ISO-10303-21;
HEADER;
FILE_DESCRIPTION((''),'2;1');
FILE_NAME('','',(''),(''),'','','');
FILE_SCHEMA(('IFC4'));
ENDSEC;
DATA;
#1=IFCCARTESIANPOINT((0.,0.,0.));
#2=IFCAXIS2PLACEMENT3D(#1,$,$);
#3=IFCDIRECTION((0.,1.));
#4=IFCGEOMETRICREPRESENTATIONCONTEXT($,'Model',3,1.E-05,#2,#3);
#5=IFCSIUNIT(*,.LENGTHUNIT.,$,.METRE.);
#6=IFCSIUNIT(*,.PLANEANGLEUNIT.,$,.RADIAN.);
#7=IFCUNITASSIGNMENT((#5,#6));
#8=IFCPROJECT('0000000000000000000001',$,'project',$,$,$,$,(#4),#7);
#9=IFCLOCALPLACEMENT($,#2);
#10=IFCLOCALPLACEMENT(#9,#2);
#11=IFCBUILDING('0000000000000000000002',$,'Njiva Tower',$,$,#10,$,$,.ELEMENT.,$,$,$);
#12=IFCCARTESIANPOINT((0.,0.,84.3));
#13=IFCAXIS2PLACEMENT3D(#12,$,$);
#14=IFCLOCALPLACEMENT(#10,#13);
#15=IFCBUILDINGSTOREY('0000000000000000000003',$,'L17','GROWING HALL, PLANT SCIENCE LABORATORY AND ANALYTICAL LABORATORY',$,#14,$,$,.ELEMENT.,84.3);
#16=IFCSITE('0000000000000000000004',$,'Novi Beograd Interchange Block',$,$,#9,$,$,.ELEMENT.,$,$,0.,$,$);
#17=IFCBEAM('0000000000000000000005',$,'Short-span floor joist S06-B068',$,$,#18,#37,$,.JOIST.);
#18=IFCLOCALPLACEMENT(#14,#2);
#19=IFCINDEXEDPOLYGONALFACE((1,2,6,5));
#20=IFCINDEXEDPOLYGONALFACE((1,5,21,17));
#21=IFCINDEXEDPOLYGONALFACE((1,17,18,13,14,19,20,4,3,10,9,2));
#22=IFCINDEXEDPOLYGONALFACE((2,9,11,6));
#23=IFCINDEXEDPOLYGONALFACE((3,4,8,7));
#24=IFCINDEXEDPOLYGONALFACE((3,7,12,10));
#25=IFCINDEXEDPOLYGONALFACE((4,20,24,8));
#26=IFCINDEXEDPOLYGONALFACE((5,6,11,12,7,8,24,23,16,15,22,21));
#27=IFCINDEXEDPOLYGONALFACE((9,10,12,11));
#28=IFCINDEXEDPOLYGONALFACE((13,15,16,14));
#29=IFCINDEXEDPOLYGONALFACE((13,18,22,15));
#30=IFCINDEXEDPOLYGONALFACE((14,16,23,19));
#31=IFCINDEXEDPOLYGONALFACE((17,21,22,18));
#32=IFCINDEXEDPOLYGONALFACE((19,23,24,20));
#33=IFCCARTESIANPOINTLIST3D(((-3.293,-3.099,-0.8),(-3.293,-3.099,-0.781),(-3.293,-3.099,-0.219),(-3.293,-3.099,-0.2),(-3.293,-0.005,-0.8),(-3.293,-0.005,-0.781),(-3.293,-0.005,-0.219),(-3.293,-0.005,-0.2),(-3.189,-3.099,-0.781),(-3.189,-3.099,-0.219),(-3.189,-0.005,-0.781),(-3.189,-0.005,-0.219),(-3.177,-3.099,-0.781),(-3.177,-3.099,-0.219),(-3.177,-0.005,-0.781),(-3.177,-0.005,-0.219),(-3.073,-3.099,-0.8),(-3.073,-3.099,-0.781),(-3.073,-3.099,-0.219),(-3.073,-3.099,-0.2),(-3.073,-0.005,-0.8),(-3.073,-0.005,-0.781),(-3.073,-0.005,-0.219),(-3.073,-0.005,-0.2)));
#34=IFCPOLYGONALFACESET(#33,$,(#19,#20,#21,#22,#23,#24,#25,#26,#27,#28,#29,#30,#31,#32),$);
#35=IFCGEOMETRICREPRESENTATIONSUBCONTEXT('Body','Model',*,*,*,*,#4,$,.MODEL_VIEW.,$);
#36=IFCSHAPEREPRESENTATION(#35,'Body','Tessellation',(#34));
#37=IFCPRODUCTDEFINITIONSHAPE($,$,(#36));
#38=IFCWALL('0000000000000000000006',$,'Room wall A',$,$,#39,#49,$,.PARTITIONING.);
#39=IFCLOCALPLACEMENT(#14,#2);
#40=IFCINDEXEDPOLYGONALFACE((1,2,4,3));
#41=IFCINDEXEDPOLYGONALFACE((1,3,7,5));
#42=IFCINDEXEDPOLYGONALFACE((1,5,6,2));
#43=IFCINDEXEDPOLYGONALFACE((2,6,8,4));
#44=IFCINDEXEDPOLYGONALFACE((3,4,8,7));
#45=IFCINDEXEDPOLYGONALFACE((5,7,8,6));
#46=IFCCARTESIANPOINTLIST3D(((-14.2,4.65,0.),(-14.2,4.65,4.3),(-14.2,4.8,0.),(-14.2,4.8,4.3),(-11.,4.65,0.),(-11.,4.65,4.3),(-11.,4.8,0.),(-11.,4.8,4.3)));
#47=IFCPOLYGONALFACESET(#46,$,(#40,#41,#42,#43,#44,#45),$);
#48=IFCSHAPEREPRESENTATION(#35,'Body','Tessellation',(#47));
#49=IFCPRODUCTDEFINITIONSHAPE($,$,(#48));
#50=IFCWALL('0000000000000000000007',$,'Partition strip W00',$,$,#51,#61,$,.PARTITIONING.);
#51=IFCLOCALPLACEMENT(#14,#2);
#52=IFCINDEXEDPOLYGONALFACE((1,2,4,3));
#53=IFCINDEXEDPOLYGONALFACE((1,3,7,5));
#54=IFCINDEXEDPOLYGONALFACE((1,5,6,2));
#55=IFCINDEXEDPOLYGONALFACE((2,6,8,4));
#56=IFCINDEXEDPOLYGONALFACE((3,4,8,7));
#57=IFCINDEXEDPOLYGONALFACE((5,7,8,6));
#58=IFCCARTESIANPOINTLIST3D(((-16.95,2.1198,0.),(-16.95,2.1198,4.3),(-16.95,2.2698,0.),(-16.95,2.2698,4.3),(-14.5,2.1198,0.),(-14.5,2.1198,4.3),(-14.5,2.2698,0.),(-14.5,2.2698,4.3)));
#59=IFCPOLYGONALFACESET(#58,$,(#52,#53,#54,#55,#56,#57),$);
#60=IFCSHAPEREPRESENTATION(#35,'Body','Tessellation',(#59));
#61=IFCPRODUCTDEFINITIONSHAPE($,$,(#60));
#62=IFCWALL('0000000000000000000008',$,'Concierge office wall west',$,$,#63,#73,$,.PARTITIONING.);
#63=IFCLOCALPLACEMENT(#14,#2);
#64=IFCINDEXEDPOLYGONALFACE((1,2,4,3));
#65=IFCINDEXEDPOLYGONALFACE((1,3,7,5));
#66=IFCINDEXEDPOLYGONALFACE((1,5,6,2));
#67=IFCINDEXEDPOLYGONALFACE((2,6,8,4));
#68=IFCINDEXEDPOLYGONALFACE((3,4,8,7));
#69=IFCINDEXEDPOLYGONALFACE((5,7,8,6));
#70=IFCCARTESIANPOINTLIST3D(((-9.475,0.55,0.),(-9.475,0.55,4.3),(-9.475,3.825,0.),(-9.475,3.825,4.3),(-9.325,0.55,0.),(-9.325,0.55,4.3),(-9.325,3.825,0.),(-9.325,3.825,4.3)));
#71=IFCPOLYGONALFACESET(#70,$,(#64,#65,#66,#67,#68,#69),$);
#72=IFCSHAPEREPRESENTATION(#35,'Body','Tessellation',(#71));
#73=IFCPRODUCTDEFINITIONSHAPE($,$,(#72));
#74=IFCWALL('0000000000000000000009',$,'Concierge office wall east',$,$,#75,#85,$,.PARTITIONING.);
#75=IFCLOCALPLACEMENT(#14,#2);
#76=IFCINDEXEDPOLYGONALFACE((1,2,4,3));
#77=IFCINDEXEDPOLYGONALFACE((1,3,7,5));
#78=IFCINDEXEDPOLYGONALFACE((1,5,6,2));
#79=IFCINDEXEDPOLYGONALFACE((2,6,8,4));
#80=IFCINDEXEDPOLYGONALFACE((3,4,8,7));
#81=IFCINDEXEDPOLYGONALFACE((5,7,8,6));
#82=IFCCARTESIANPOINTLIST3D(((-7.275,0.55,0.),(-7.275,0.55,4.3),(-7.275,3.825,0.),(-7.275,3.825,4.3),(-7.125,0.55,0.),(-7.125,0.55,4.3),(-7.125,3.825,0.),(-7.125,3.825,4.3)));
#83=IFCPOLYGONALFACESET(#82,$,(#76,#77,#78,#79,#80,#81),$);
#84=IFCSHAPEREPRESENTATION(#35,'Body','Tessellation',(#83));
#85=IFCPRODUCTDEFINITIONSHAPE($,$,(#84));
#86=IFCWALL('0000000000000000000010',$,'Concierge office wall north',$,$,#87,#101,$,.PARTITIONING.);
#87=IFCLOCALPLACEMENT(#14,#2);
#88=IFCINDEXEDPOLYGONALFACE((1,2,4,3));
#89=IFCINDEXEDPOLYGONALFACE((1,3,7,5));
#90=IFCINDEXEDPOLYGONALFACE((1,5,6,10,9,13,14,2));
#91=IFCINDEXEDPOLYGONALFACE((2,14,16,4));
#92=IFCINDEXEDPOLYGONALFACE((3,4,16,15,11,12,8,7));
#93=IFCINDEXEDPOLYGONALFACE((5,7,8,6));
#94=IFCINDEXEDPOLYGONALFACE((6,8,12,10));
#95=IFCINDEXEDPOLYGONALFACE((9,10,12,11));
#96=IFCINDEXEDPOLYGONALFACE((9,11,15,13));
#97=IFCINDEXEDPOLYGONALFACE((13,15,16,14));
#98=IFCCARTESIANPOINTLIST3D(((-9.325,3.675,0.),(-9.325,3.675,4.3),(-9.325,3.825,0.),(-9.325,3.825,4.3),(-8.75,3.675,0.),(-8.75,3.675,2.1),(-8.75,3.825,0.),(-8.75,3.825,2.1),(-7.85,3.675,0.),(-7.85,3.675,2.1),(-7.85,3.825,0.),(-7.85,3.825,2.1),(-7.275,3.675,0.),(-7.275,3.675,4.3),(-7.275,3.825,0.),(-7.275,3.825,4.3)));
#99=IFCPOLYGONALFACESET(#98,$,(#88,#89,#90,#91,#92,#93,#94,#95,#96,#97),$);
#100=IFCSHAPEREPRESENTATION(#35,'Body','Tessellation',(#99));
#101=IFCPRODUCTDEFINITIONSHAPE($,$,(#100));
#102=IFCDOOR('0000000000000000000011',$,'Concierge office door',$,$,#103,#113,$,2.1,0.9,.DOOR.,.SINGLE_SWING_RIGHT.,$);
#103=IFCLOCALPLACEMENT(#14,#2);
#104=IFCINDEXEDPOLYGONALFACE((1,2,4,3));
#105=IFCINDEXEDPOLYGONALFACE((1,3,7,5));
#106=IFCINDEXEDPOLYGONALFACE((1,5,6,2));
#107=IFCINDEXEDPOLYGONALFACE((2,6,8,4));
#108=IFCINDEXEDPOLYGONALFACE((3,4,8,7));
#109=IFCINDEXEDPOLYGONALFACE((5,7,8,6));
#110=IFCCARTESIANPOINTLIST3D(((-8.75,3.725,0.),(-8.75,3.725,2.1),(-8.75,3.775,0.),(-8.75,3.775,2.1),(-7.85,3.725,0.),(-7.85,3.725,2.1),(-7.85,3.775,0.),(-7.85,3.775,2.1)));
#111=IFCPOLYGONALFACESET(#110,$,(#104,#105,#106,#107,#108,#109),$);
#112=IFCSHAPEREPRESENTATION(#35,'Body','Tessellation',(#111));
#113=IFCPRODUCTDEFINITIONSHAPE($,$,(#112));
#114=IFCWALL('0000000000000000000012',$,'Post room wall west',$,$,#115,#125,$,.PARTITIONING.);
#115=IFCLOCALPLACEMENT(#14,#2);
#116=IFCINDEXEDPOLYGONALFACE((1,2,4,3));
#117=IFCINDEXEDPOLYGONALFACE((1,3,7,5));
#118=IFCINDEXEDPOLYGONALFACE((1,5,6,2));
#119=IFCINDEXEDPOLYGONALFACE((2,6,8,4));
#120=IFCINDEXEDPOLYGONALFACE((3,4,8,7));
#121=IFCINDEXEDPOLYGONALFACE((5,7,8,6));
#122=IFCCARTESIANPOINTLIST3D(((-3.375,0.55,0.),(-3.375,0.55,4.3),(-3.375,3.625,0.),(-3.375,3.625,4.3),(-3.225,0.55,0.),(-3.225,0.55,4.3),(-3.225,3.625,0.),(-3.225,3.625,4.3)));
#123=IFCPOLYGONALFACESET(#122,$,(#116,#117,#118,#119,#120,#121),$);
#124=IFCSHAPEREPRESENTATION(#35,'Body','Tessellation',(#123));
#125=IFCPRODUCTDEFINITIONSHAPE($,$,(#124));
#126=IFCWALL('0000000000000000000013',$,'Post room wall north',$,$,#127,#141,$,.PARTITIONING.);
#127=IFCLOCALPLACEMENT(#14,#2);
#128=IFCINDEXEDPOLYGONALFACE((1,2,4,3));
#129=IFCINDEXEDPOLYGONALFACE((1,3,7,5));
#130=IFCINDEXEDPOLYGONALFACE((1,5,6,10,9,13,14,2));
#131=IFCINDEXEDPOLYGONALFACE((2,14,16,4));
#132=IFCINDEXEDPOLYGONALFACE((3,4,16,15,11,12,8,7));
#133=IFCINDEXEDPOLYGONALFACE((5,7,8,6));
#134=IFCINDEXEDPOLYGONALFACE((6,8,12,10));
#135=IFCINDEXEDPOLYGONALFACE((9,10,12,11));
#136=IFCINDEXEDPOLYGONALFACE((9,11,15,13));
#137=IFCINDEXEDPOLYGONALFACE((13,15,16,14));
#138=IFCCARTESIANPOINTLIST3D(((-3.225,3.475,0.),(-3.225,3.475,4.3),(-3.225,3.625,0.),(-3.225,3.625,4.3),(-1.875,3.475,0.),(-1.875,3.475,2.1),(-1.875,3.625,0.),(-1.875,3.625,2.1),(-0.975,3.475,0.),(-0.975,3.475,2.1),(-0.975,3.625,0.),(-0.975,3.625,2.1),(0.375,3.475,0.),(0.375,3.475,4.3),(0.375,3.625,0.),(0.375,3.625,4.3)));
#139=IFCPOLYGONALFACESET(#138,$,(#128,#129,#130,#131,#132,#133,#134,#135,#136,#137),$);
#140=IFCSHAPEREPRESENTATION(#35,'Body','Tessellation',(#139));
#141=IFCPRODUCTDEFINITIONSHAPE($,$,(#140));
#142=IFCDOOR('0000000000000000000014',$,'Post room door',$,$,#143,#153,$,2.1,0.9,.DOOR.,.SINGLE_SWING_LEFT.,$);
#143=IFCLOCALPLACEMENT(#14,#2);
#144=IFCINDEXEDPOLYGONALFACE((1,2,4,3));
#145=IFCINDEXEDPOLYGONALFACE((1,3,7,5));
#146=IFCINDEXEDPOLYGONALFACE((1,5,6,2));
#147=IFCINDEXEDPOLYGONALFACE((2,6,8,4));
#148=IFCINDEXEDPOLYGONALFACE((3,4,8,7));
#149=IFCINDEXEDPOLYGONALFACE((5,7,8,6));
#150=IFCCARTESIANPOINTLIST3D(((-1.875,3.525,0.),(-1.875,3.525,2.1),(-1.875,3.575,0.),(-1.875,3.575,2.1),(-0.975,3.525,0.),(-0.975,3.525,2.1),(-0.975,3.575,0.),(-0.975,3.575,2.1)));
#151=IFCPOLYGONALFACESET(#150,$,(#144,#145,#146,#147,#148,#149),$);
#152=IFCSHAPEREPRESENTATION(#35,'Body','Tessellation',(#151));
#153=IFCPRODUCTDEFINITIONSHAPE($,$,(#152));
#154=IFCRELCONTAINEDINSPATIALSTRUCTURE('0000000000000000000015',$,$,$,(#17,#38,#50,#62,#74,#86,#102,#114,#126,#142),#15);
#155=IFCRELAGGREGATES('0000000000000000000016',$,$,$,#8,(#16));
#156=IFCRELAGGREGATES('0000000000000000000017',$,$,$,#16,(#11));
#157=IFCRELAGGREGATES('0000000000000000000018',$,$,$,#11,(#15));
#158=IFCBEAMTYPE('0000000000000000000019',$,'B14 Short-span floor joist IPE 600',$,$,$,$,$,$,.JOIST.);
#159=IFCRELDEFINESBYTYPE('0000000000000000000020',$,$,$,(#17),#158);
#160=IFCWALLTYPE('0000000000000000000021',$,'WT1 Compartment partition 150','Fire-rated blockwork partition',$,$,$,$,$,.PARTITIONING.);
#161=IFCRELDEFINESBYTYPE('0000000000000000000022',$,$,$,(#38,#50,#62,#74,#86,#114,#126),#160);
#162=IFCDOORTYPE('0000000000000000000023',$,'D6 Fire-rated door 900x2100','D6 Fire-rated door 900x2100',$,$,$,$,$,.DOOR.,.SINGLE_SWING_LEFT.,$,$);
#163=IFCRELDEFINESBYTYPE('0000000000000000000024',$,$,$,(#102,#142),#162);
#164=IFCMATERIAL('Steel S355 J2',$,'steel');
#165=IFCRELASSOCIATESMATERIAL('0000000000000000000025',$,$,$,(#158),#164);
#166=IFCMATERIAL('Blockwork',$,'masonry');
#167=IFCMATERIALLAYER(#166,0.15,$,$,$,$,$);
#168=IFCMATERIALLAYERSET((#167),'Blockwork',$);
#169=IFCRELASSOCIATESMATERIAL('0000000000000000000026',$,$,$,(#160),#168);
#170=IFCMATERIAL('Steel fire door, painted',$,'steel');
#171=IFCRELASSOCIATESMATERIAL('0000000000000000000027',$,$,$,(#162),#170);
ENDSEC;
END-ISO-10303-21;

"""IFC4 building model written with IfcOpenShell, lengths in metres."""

from ifc_helpers import new_model, si_unit, direction, frame, frame_2d, origin, origin_2d, place, context, subcontext, project, spatial, rectangle, i_section, extrude, material, layer, layer_set, material_profile, profile_set, type_object, element, fill, save


model = new_model("IFC4")

# Units and contexts
model_context = context("Model", 3, precision=1e-05, world=origin(), true_north=direction((0.0, 1.0)))
body_context = subcontext(model_context, "Body", "Model", "MODEL_VIEW")
ifc_project = project(units=[si_unit("LENGTHUNIT", "METRE"), si_unit("PLANEANGLEUNIT", "RADIAN")], contexts=[model_context])

# Site, building, storey
site_placement = place(None, origin())
site = spatial("IfcSite", under=ifc_project, at=site_placement, Name="Novi Beograd Interchange Block", CompositionType="ELEMENT", RefElevation=0.0)
building_placement = place(site_placement, origin())
building = spatial("IfcBuilding", under=site, at=building_placement, Name="Njiva Tower", CompositionType="ELEMENT")
storey_placement = place(building_placement, frame((0.0, 0.0, 84.3)))
storey = spatial("IfcBuildingStorey", under=building, at=storey_placement, Name="L17", Description="GROWING HALL, PLANT SCIENCE LABORATORY AND ANALYTICAL LABORATORY", CompositionType="ELEMENT", Elevation=84.3)

# Beam
ifc_material_1 = material(Name="Steel S355 J2", Category="steel")
ifc_material_profile = material_profile(ifc_material_1, i_section(OverallWidth=0.22, OverallDepth=0.6, WebThickness=0.012, FlangeThickness=0.019, at=origin_2d()), Name="IPE 600")
ifc_profile_set = profile_set([ifc_material_profile], Name="Steel S355 J2")
beam_type = type_object("IfcBeamType", Name="B14 Short-span floor joist IPE 600", PredefinedType="JOIST", material=ifc_profile_set)
beam_placement = place(storey_placement, frame((-3.183, -0.005, -0.5), z_axis=(0.0, -1.0, 0.0), x_axis=(1.0, 0.0, 0.0)))
element("IfcBeam", 1, at=beam_placement, inside=storey, type_object=beam_type, Name="Short-span floor joist S06-B068", PredefinedType="JOIST", context=body_context, shape_type="SweptSolid", body=[
    extrude(i_section(OverallWidth=0.22, OverallDepth=0.6, WebThickness=0.012, FlangeThickness=0.019, at=origin_2d()), origin(), (0.0, 0.0, 1.0), 3.094),
])

# Walls
ifc_material_2 = material(Name="Blockwork", Category="masonry")
ifc_layer_1 = layer(ifc_material_2, 0.15)
ifc_layer_set_1 = layer_set([ifc_layer_1], Name="Blockwork")
wall_type_1 = type_object("IfcWallType", Name="WT1 Compartment partition 150", Description="Fire-rated blockwork partition", PredefinedType="PARTITIONING", material=ifc_layer_set_1)
wall_1_placement = place(storey_placement, frame((-14.2, 4.725, 0.0), z_axis=(0.0, 0.0, 1.0), x_axis=(1.0, 0.0, 0.0)))
element("IfcWall", 2, at=wall_1_placement, inside=storey, type_object=wall_type_1, Name="Room wall A", PredefinedType="PARTITIONING", context=body_context, shape_type="SweptSolid", body=[
    extrude(rectangle(XDim=3.2, YDim=0.15, at=frame_2d((1.6, 0.0))), origin(), (0.0, 0.0, 1.0), 4.3),
])
wall_2_placement = place(storey_placement, frame((-16.95, 2.1948, 0.0), z_axis=(0.0, 0.0, 1.0), x_axis=(1.0, 0.0, 0.0)))
element("IfcWall", 3, at=wall_2_placement, inside=storey, type_object=wall_type_1, Name="Partition strip W00", PredefinedType="PARTITIONING", context=body_context, shape_type="SweptSolid", body=[
    extrude(rectangle(XDim=2.45, YDim=0.15, at=frame_2d((1.225, 0.0))), origin(), (0.0, 0.0, 1.0), 4.3),
])
for number, where, z_axis, x_axis, name in (
    (4, (-9.4, 0.55, 0.0), (0.0, 0.0, 1.0), (0.0, 1.0, 0.0), "Concierge office wall west"),
    (5, (-7.2, 0.55, 0.0), (0.0, 0.0, 1.0), (0.0, 1.0, 0.0), "Concierge office wall east"),
):
    element("IfcWall", number, at=place(storey_placement, frame(where, z_axis=z_axis, x_axis=x_axis)), inside=storey, type_object=wall_type_1, Name=name, PredefinedType="PARTITIONING", context=body_context, shape_type="SweptSolid", body=[
        extrude(rectangle(XDim=3.275, YDim=0.15, at=frame_2d((1.6375, 0.0))), origin(), (0.0, 0.0, 1.0), 4.3),
    ])

# Wall, opening, door
wall_3_placement = place(storey_placement, frame((-9.325, 3.75, 0.0), z_axis=(0.0, 0.0, 1.0), x_axis=(1.0, 0.0, 0.0)))
wall_3 = element("IfcWall", 6, at=wall_3_placement, inside=storey, type_object=wall_type_1, Name="Concierge office wall north", PredefinedType="PARTITIONING", context=body_context, shape_type="SweptSolid", body=[
    extrude(rectangle(XDim=2.05, YDim=0.15, at=frame_2d((1.025, 0.0))), origin(), (0.0, 0.0, 1.0), 4.3),
])
opening_1_placement = place(wall_3_placement, frame((0.575, 0.0, 0.0)))
opening_1 = element("IfcOpeningElement", 7, at=opening_1_placement, cuts=wall_3, PredefinedType="OPENING", context=body_context, shape_type="SweptSolid", body=[
    extrude(rectangle(XDim=0.9, YDim=2.1, at=frame_2d((0.45, 1.05))), frame((0.0, 0.085, 0.0), z_axis=(0.0, -1.0, 0.0), x_axis=(1.0, 0.0, 0.0)), (0.0, 0.0, 1.0), 0.17),
])
ifc_material_3 = material(Name="Steel fire door, painted", Category="steel")
door_type_1 = type_object("IfcDoorType", Name="D6 Fire-rated door 900x2100", Description="D6 Fire-rated door 900x2100", OperationType="SINGLE_SWING_LEFT", PredefinedType="DOOR", material=ifc_material_3)
door_1_placement = place(opening_1_placement, origin())
door_1 = element("IfcDoor", 8, at=door_1_placement, inside=storey, type_object=door_type_1, Name="Concierge office door", OperationType="SINGLE_SWING_RIGHT", OverallHeight=2.1, OverallWidth=0.9, PredefinedType="DOOR", context=body_context, shape_type="SweptSolid", body=[
    extrude(rectangle(XDim=0.9, YDim=2.1, at=frame_2d((0.45, 1.05))), frame((0.0, 0.025, 0.0), z_axis=(0.0, -1.0, 0.0), x_axis=(1.0, 0.0, 0.0)), (0.0, 0.0, 1.0), 0.05),
])
fill(opening_1, door_1)

# Wall
wall_4_placement = place(storey_placement, frame((-3.3, 0.55, 0.0), z_axis=(0.0, 0.0, 1.0), x_axis=(0.0, 1.0, 0.0)))
element("IfcWall", 9, at=wall_4_placement, inside=storey, type_object=wall_type_1, Name="Post room wall west", PredefinedType="PARTITIONING", context=body_context, shape_type="SweptSolid", body=[
    extrude(rectangle(XDim=3.075, YDim=0.15, at=frame_2d((1.5375, 0.0))), origin(), (0.0, 0.0, 1.0), 4.3),
])

# Wall, opening, door
wall_5_placement = place(storey_placement, frame((-3.225, 3.55, 0.0), z_axis=(0.0, 0.0, 1.0), x_axis=(1.0, 0.0, 0.0)))
wall_5 = element("IfcWall", 10, at=wall_5_placement, inside=storey, type_object=wall_type_1, Name="Post room wall north", PredefinedType="PARTITIONING", context=body_context, shape_type="SweptSolid", body=[
    extrude(rectangle(XDim=3.6, YDim=0.15, at=frame_2d((1.8, 0.0))), origin(), (0.0, 0.0, 1.0), 4.3),
])
opening_2_placement = place(wall_5_placement, frame((1.35, 0.0, 0.0)))
opening_2 = element("IfcOpeningElement", 11, at=opening_2_placement, cuts=wall_5, PredefinedType="OPENING", context=body_context, shape_type="SweptSolid", body=[
    extrude(rectangle(XDim=0.9, YDim=2.1, at=frame_2d((0.45, 1.05))), frame((0.0, 0.085, 0.0), z_axis=(0.0, -1.0, 0.0), x_axis=(1.0, 0.0, 0.0)), (0.0, 0.0, 1.0), 0.17),
])
door_2_placement = place(opening_2_placement, origin())
door_2 = element("IfcDoor", 12, at=door_2_placement, inside=storey, type_object=door_type_1, Name="Post room door", OperationType="SINGLE_SWING_LEFT", OverallHeight=2.1, OverallWidth=0.9, PredefinedType="DOOR", context=body_context, shape_type="SweptSolid", body=[
    extrude(rectangle(XDim=0.9, YDim=2.1, at=frame_2d((0.45, 1.05))), frame((0.0, 0.025, 0.0), z_axis=(0.0, -1.0, 0.0), x_axis=(1.0, 0.0, 0.0)), (0.0, 0.0, 1.0), 0.05),
])
fill(opening_2, door_2)

save(model, "model.ifc")
